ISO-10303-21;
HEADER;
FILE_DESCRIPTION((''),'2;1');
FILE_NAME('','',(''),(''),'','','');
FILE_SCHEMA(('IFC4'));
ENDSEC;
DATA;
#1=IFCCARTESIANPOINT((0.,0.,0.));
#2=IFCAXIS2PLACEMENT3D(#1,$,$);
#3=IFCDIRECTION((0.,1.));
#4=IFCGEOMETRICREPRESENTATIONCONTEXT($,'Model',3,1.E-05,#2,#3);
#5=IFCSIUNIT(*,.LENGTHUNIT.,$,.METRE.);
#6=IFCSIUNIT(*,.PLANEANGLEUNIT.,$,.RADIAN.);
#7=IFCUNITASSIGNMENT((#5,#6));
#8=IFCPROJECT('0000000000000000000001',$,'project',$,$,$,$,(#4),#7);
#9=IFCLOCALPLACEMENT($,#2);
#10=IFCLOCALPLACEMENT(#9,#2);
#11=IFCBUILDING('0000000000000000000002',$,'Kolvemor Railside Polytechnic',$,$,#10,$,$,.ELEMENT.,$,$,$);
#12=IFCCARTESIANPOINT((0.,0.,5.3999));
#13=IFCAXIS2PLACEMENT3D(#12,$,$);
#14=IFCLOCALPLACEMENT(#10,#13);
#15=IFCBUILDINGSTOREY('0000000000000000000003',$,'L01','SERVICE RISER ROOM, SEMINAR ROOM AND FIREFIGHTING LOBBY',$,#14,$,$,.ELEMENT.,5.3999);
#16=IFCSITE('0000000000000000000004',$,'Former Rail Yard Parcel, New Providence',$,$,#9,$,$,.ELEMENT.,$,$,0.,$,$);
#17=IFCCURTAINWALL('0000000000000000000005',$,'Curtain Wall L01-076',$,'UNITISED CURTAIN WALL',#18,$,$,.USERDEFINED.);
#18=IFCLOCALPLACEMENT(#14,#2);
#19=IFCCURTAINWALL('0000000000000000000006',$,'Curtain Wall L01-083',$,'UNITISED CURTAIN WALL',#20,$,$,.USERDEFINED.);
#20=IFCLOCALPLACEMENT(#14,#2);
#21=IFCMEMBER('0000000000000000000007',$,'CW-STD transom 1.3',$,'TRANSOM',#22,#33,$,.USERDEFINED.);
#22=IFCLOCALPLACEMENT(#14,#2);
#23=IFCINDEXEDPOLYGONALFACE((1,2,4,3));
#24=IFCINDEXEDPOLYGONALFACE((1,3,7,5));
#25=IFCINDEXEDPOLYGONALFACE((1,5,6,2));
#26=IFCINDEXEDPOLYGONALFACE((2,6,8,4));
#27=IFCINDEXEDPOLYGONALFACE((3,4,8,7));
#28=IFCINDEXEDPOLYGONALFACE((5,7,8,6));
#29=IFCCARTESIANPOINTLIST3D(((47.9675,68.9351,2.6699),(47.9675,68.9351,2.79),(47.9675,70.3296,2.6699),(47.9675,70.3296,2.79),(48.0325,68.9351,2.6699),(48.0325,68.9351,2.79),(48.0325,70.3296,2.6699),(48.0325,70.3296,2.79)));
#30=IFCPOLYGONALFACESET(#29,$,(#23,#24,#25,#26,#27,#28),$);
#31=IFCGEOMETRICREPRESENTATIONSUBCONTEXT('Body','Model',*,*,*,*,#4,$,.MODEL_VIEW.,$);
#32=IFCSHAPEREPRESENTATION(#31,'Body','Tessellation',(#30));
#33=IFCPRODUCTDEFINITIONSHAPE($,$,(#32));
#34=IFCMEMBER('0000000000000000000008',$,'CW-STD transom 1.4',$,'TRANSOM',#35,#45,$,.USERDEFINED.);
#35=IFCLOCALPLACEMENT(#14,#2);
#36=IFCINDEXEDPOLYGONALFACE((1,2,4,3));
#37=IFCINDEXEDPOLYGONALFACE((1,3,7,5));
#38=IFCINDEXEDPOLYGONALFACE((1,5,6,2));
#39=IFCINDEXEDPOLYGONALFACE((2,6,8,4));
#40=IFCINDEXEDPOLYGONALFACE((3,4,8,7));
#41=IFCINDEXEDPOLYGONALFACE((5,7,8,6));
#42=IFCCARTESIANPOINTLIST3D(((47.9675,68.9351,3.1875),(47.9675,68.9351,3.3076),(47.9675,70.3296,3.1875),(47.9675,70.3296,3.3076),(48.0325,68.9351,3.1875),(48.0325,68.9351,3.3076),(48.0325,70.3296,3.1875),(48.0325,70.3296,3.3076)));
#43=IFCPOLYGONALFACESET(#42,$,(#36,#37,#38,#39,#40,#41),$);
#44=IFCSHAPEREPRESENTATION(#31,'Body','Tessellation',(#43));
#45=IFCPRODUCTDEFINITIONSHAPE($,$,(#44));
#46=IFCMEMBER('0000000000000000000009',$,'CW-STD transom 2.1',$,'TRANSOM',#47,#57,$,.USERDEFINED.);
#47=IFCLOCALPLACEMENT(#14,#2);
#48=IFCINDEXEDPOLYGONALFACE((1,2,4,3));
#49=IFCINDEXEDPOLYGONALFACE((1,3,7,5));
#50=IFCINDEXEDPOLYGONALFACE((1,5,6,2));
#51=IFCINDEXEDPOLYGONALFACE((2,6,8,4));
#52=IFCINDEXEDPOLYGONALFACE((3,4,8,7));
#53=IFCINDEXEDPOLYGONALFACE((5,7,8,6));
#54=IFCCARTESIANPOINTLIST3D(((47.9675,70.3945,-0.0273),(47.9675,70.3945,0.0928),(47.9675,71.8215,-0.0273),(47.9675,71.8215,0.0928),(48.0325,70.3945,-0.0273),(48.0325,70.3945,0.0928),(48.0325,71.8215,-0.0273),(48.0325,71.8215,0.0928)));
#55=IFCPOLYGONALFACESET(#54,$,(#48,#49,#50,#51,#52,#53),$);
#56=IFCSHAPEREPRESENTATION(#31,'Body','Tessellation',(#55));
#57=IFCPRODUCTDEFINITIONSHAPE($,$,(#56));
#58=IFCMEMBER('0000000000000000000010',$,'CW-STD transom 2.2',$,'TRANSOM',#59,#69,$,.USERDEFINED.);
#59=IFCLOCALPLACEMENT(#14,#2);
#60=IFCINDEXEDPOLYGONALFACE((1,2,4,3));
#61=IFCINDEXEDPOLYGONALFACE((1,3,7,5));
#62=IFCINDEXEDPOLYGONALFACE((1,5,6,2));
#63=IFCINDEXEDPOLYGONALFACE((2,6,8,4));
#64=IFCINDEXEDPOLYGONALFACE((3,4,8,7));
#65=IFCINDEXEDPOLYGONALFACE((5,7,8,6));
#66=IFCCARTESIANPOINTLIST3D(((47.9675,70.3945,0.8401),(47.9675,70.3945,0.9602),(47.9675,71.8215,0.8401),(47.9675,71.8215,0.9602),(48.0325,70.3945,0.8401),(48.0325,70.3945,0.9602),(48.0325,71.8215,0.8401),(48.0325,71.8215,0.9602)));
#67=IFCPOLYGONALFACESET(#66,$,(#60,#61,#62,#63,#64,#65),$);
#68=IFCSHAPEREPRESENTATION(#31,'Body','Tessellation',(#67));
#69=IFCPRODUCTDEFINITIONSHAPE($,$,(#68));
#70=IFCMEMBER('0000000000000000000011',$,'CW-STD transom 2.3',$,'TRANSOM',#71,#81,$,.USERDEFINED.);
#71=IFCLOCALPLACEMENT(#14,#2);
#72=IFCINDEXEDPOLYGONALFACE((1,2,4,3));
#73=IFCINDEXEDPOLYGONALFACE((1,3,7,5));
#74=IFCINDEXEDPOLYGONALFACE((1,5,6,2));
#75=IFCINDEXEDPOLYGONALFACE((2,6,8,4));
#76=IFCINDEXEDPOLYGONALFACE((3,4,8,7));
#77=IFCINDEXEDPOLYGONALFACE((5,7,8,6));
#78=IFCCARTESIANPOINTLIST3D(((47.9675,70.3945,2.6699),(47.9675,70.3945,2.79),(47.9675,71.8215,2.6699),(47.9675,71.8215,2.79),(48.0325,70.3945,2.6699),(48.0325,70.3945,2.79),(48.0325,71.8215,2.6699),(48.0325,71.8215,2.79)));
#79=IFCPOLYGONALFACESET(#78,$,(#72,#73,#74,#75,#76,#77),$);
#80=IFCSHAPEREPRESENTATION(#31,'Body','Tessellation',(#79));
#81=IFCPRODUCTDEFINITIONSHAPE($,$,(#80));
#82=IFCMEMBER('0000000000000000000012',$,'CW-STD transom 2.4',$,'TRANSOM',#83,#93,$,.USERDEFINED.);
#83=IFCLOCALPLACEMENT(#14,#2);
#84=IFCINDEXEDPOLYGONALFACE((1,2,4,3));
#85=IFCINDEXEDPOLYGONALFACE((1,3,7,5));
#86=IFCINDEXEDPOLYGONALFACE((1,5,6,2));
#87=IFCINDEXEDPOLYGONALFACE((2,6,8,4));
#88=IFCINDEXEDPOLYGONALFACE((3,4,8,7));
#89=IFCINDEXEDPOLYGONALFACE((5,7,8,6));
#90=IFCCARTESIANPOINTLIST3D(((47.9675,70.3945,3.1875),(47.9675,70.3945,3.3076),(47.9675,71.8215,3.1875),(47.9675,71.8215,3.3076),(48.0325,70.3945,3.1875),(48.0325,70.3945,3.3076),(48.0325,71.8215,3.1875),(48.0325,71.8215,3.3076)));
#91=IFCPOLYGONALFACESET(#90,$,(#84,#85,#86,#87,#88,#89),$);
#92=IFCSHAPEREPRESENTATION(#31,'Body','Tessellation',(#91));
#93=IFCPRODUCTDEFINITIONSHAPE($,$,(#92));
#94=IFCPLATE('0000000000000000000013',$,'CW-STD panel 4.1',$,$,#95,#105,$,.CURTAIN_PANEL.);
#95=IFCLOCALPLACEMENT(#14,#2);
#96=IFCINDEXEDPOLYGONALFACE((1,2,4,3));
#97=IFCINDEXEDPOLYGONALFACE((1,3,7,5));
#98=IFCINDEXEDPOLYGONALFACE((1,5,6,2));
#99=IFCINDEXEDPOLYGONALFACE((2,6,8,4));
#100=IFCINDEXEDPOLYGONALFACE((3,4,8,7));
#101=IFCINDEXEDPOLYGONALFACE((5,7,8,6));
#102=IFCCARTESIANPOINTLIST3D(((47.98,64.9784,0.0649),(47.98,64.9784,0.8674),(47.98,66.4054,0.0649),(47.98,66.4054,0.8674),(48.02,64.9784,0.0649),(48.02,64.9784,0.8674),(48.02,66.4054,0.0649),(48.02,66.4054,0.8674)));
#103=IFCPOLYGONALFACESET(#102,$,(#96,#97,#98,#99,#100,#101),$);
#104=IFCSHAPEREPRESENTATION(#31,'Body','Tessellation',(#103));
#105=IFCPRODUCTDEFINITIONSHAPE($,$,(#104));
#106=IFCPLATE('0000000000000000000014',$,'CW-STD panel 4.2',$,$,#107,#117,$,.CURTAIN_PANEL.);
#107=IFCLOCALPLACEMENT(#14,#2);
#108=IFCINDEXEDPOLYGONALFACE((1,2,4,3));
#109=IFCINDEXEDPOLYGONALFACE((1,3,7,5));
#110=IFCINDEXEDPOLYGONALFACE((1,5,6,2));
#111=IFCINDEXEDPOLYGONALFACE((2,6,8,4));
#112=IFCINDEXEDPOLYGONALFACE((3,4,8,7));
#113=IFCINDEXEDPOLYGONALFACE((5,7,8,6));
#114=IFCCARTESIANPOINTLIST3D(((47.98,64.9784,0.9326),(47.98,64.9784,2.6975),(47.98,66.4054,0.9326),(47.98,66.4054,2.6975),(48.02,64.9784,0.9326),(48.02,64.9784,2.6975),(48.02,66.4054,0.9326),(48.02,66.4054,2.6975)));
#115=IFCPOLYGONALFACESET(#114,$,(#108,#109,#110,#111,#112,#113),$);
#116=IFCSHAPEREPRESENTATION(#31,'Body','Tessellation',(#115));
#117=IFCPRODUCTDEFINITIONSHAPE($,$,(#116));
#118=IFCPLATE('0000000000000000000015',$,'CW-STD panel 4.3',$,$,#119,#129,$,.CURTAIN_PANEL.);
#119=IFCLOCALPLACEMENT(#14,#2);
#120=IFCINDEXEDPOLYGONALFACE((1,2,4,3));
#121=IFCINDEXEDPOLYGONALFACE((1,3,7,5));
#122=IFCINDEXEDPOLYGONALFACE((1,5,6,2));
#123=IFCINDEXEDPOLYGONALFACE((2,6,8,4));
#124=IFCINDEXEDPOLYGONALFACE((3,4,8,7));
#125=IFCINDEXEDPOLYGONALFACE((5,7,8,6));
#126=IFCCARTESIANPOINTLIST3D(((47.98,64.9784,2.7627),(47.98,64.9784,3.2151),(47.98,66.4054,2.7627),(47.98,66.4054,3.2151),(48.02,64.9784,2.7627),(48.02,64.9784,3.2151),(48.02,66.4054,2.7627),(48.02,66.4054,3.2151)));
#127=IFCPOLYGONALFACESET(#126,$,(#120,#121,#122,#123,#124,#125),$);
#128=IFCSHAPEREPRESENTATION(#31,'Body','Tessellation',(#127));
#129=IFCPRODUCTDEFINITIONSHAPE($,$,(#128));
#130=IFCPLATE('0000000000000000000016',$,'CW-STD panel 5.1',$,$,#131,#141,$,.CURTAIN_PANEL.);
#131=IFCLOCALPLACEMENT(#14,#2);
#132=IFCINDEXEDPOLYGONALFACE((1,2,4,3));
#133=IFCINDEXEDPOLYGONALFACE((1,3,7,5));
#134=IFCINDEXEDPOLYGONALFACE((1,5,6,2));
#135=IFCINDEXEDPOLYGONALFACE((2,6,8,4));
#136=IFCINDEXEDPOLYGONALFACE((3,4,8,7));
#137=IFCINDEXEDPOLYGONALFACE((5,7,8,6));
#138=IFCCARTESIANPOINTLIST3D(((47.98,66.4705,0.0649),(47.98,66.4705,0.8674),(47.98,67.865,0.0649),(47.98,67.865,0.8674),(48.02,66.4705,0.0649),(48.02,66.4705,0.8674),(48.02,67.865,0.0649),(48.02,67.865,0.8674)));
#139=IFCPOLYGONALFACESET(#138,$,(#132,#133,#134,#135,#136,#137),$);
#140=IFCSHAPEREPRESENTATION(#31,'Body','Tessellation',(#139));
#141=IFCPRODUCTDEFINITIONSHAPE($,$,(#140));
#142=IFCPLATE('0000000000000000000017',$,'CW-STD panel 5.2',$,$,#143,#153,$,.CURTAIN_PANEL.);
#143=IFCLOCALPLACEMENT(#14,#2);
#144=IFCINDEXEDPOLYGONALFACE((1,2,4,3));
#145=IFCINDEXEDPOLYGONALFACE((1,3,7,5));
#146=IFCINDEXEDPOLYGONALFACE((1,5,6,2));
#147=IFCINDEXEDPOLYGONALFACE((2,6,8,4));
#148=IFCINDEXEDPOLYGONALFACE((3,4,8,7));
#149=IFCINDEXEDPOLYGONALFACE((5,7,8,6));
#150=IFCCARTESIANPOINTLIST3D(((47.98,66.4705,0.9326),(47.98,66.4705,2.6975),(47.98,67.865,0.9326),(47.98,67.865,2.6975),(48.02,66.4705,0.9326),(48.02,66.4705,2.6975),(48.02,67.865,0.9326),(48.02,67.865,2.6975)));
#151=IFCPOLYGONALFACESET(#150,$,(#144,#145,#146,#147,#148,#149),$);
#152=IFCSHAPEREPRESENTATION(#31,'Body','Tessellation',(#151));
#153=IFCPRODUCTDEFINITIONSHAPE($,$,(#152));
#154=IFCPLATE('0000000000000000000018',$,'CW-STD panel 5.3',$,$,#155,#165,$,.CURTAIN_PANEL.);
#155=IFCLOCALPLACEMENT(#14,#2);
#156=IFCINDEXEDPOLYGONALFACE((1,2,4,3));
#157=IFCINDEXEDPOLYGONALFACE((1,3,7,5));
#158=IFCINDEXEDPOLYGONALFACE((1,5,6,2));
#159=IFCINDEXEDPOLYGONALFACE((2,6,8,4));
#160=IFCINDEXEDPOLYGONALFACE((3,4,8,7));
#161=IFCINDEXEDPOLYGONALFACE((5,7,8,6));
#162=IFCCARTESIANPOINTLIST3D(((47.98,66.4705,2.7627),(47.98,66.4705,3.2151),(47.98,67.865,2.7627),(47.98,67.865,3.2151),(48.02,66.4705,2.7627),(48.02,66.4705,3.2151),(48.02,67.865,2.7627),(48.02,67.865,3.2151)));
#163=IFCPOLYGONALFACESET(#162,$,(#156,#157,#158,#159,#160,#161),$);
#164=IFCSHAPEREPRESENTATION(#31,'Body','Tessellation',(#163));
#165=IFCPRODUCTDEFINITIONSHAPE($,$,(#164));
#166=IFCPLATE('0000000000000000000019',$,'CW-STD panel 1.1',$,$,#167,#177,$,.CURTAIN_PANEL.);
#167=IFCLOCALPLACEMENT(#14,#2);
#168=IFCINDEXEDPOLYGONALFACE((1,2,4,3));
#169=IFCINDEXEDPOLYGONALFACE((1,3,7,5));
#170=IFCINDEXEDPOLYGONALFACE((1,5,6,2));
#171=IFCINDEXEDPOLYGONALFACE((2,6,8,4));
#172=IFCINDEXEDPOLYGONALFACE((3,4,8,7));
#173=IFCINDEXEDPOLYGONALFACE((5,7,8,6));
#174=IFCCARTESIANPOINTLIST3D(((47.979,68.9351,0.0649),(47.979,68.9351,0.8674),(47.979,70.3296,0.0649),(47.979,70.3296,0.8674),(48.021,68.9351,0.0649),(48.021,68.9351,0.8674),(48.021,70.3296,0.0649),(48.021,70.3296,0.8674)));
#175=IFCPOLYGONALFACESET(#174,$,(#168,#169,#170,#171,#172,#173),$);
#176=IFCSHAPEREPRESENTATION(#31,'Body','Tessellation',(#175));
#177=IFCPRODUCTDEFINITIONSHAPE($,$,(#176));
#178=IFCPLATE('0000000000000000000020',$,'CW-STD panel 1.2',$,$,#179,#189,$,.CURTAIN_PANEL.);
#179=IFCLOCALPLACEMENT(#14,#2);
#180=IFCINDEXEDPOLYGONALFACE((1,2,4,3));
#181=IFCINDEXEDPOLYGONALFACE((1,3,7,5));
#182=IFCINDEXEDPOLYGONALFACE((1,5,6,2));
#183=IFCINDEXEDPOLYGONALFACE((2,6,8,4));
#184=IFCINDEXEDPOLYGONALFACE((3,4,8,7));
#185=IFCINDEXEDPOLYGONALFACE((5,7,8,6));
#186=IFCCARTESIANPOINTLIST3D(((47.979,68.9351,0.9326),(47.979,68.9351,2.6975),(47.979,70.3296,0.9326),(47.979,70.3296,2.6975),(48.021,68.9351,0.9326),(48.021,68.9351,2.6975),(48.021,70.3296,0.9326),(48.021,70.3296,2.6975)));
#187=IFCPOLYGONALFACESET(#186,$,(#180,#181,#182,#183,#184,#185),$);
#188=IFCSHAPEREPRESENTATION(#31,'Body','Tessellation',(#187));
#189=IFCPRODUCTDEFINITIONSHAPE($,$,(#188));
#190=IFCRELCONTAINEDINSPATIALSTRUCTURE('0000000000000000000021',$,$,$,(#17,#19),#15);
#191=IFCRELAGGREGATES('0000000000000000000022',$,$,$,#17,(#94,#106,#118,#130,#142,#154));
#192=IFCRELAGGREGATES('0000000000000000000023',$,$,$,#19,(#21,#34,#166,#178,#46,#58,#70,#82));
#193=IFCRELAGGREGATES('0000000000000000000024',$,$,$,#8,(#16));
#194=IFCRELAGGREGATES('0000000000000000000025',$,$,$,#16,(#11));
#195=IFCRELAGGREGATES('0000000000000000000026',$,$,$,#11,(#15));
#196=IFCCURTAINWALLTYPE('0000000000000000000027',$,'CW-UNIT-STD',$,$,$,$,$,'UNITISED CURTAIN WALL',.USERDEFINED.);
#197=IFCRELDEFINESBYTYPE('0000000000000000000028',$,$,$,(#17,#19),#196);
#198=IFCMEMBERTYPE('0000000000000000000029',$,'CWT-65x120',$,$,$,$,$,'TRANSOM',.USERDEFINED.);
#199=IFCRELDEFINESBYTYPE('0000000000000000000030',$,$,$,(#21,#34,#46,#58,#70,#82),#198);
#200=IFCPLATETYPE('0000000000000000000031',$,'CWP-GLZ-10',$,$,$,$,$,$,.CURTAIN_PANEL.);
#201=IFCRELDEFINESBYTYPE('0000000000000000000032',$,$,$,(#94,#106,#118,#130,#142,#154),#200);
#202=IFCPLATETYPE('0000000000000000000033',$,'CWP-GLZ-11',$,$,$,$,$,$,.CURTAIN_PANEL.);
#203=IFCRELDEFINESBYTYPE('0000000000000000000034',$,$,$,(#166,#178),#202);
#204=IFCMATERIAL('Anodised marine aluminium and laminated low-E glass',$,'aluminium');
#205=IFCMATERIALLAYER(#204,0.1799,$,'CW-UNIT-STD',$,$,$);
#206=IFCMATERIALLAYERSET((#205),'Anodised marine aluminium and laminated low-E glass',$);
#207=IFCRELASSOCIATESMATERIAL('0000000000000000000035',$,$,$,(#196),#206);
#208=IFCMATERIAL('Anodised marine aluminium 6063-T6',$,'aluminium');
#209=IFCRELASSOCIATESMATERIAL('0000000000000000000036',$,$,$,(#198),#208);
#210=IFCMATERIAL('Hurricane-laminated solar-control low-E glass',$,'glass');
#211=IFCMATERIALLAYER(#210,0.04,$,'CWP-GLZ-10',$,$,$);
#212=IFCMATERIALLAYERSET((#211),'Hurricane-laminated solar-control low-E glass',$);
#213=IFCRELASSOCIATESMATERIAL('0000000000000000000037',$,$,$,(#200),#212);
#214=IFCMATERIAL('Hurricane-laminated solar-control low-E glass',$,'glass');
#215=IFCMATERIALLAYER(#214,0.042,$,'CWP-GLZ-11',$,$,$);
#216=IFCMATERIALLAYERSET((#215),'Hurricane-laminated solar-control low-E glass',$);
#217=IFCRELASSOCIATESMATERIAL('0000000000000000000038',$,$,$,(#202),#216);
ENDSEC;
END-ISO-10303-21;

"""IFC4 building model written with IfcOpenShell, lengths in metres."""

from ifc_helpers import new_model, si_unit, direction, frame, origin, origin_2d, place, context, subcontext, project, spatial, rectangle, extrude, material, layer, layer_set, material_profile, profile_set, type_object, element, aggregate, save


model = new_model("IFC4")

# Units and contexts
model_context = context("Model", 3, precision=1e-05, world=origin(), true_north=direction((0.0, 1.0)))
body_context = subcontext(model_context, "Body", "Model", "MODEL_VIEW")
ifc_project = project(units=[si_unit("LENGTHUNIT", "METRE"), si_unit("PLANEANGLEUNIT", "RADIAN")], contexts=[model_context])

# Site, building, storey
site_placement = place(None, origin())
site = spatial("IfcSite", under=ifc_project, at=site_placement, Name="Former Rail Yard Parcel, New Providence", CompositionType="ELEMENT", RefElevation=0.0)
building_placement = place(site_placement, origin())
building = spatial("IfcBuilding", under=site, at=building_placement, Name="Kolvemor Railside Polytechnic", CompositionType="ELEMENT")
storey_placement = place(building_placement, frame((0.0, 0.0, 5.3999)))
storey = spatial("IfcBuildingStorey", under=building, at=storey_placement, Name="L01", Description="SERVICE RISER ROOM, SEMINAR ROOM AND FIREFIGHTING LOBBY", CompositionType="ELEMENT", Elevation=5.3999)

# Curtain walls
ifc_material_1 = material(Name="Anodised marine aluminium and laminated low-E glass", Category="aluminium")
ifc_layer_1 = layer(ifc_material_1, 0.1799, Name="CW-UNIT-STD")
ifc_layer_set_1 = layer_set([ifc_layer_1], Name="Anodised marine aluminium and laminated low-E glass")
curtain_wall_type = type_object("IfcCurtainWallType", Name="CW-UNIT-STD", ElementType="UNITISED CURTAIN WALL", PredefinedType="USERDEFINED", material=ifc_layer_set_1)
curtain_wall_1_placement = place(storey_placement, origin())
curtain_wall_1 = element("IfcCurtainWall", 1, at=curtain_wall_1_placement, inside=storey, type_object=curtain_wall_type, Name="Curtain Wall L01-076", ObjectType="UNITISED CURTAIN WALL", PredefinedType="USERDEFINED")
curtain_wall_2_placement = place(storey_placement, origin())
curtain_wall_2 = element("IfcCurtainWall", 2, at=curtain_wall_2_placement, inside=storey, type_object=curtain_wall_type, Name="Curtain Wall L01-083", ObjectType="UNITISED CURTAIN WALL", PredefinedType="USERDEFINED")

# Members
ifc_material_2 = material(Name="Anodised marine aluminium 6063-T6", Category="aluminium")
ifc_material_profile_1 = material_profile(ifc_material_2, rectangle(XDim=0.0649, YDim=0.1201, at=origin_2d()), Name="CW-TRN-65x120")
ifc_profile_set_1 = profile_set([ifc_material_profile_1], Name="Anodised marine aluminium 6063-T6")
member_type_1 = type_object("IfcMemberType", Name="CWT-65x120", ElementType="TRANSOM", PredefinedType="USERDEFINED", material=ifc_profile_set_1)
member_1_placement = place(storey_placement, frame((48.0, 68.9351, 2.73), z_axis=(0.0, 1.0, 0.0), x_axis=(-1.0, 0.0, 0.0)))
member_1 = element("IfcMember", 3, at=member_1_placement, type_object=member_type_1, Name="CW-STD transom 1.3", ObjectType="TRANSOM", PredefinedType="USERDEFINED", context=body_context, shape_type="SweptSolid", body=[
    extrude(rectangle(XDim=0.0649, YDim=0.1201, at=origin_2d()), origin(), (0.0, 0.0, 1.0), 1.3945),
])
member_2_placement = place(storey_placement, frame((48.0, 68.9351, 3.2476), z_axis=(0.0, 1.0, 0.0), x_axis=(-1.0, 0.0, 0.0)))
member_2 = element("IfcMember", 4, at=member_2_placement, type_object=member_type_1, Name="CW-STD transom 1.4", ObjectType="TRANSOM", PredefinedType="USERDEFINED", context=body_context, shape_type="SweptSolid", body=[
    extrude(rectangle(XDim=0.0649, YDim=0.1201, at=origin_2d()), origin(), (0.0, 0.0, 1.0), 1.3945),
])
member_3_placement = place(storey_placement, frame((48.0, 70.3945, 0.0327), z_axis=(0.0, 1.0, 0.0), x_axis=(-1.0, 0.0, 0.0)))
member_3 = element("IfcMember", 5, at=member_3_placement, type_object=member_type_1, Name="CW-STD transom 2.1", ObjectType="TRANSOM", PredefinedType="USERDEFINED", context=body_context, shape_type="SweptSolid", body=[
    extrude(rectangle(XDim=0.0649, YDim=0.1201, at=origin_2d()), origin(), (0.0, 0.0, 1.0), 1.427),
])
member_4_placement = place(storey_placement, frame((48.0, 70.3945, 0.9001), z_axis=(0.0, 1.0, 0.0), x_axis=(-1.0, 0.0, 0.0)))
member_4 = element("IfcMember", 6, at=member_4_placement, type_object=member_type_1, Name="CW-STD transom 2.2", ObjectType="TRANSOM", PredefinedType="USERDEFINED", context=body_context, shape_type="SweptSolid", body=[
    extrude(rectangle(XDim=0.0649, YDim=0.1201, at=origin_2d()), origin(), (0.0, 0.0, 1.0), 1.427),
])
member_5_placement = place(storey_placement, frame((48.0, 70.3945, 2.73), z_axis=(0.0, 1.0, 0.0), x_axis=(-1.0, 0.0, 0.0)))
member_5 = element("IfcMember", 7, at=member_5_placement, type_object=member_type_1, Name="CW-STD transom 2.3", ObjectType="TRANSOM", PredefinedType="USERDEFINED", context=body_context, shape_type="SweptSolid", body=[
    extrude(rectangle(XDim=0.0649, YDim=0.1201, at=origin_2d()), origin(), (0.0, 0.0, 1.0), 1.427),
])
member_6_placement = place(storey_placement, frame((48.0, 70.3945, 3.2476), z_axis=(0.0, 1.0, 0.0), x_axis=(-1.0, 0.0, 0.0)))
member_6 = element("IfcMember", 8, at=member_6_placement, type_object=member_type_1, Name="CW-STD transom 2.4", ObjectType="TRANSOM", PredefinedType="USERDEFINED", context=body_context, shape_type="SweptSolid", body=[
    extrude(rectangle(XDim=0.0649, YDim=0.1201, at=origin_2d()), origin(), (0.0, 0.0, 1.0), 1.427),
])

# Plates
ifc_material_3 = material(Name="Hurricane-laminated solar-control low-E glass", Category="glass")
ifc_layer_2 = layer(ifc_material_3, 0.04, Name="CWP-GLZ-10")
ifc_layer_set_2 = layer_set([ifc_layer_2], Name="Hurricane-laminated solar-control low-E glass")
plate_type_1 = type_object("IfcPlateType", Name="CWP-GLZ-10", PredefinedType="CURTAIN_PANEL", material=ifc_layer_set_2)
plate_1_placement = place(storey_placement, frame((48.0, 65.6919, 0.0649), z_axis=(0.0, 0.0, 1.0), x_axis=(0.0, 1.0, 0.0)))
plate_1 = element("IfcPlate", 9, at=plate_1_placement, type_object=plate_type_1, Name="CW-STD panel 4.1", PredefinedType="CURTAIN_PANEL", context=body_context, shape_type="SweptSolid", body=[
    extrude(rectangle(XDim=1.427, YDim=0.04, at=origin_2d()), origin(), (0.0, 0.0, 1.0), 0.8025),
])
plate_2_placement = place(storey_placement, frame((48.0, 65.6919, 0.9326), z_axis=(0.0, 0.0, 1.0), x_axis=(0.0, 1.0, 0.0)))
plate_2 = element("IfcPlate", 10, at=plate_2_placement, type_object=plate_type_1, Name="CW-STD panel 4.2", PredefinedType="CURTAIN_PANEL", context=body_context, shape_type="SweptSolid", body=[
    extrude(rectangle(XDim=1.427, YDim=0.04, at=origin_2d()), origin(), (0.0, 0.0, 1.0), 1.7649),
])
plate_3_placement = place(storey_placement, frame((48.0, 65.6919, 2.7627), z_axis=(0.0, 0.0, 1.0), x_axis=(0.0, 1.0, 0.0)))
plate_3 = element("IfcPlate", 11, at=plate_3_placement, type_object=plate_type_1, Name="CW-STD panel 4.3", PredefinedType="CURTAIN_PANEL", context=body_context, shape_type="SweptSolid", body=[
    extrude(rectangle(XDim=1.427, YDim=0.04, at=origin_2d()), origin(), (0.0, 0.0, 1.0), 0.4524),
])
plate_4_placement = place(storey_placement, frame((48.0, 67.1677, 0.0649), z_axis=(0.0, 0.0, 1.0), x_axis=(0.0, 1.0, 0.0)))
plate_4 = element("IfcPlate", 12, at=plate_4_placement, type_object=plate_type_1, Name="CW-STD panel 5.1", PredefinedType="CURTAIN_PANEL", context=body_context, shape_type="SweptSolid", body=[
    extrude(rectangle(XDim=1.3945, YDim=0.04, at=origin_2d()), origin(), (0.0, 0.0, 1.0), 0.8025),
])
plate_5_placement = place(storey_placement, frame((48.0, 67.1677, 0.9326), z_axis=(0.0, 0.0, 1.0), x_axis=(0.0, 1.0, 0.0)))
plate_5 = element("IfcPlate", 13, at=plate_5_placement, type_object=plate_type_1, Name="CW-STD panel 5.2", PredefinedType="CURTAIN_PANEL", context=body_context, shape_type="SweptSolid", body=[
    extrude(rectangle(XDim=1.3945, YDim=0.04, at=origin_2d()), origin(), (0.0, 0.0, 1.0), 1.7649),
])
plate_6_placement = place(storey_placement, frame((48.0, 67.1677, 2.7627), z_axis=(0.0, 0.0, 1.0), x_axis=(0.0, 1.0, 0.0)))
plate_6 = element("IfcPlate", 14, at=plate_6_placement, type_object=plate_type_1, Name="CW-STD panel 5.3", PredefinedType="CURTAIN_PANEL", context=body_context, shape_type="SweptSolid", body=[
    extrude(rectangle(XDim=1.3945, YDim=0.04, at=origin_2d()), origin(), (0.0, 0.0, 1.0), 0.4524),
])
aggregate(curtain_wall_1, [plate_1, plate_2, plate_3, plate_4, plate_5, plate_6])
ifc_material_4 = material(Name="Hurricane-laminated solar-control low-E glass", Category="glass")
ifc_layer_3 = layer(ifc_material_4, 0.042, Name="CWP-GLZ-11")
ifc_layer_set_3 = layer_set([ifc_layer_3], Name="Hurricane-laminated solar-control low-E glass")
plate_type_2 = type_object("IfcPlateType", Name="CWP-GLZ-11", PredefinedType="CURTAIN_PANEL", material=ifc_layer_set_3)
plate_7_placement = place(storey_placement, frame((48.0, 69.6323, 0.0649), z_axis=(0.0, 0.0, 1.0), x_axis=(0.0, 1.0, 0.0)))
plate_7 = element("IfcPlate", 15, at=plate_7_placement, type_object=plate_type_2, Name="CW-STD panel 1.1", PredefinedType="CURTAIN_PANEL", context=body_context, shape_type="SweptSolid", body=[
    extrude(rectangle(XDim=1.3945, YDim=0.042, at=origin_2d()), origin(), (0.0, 0.0, 1.0), 0.8025),
])
plate_8_placement = place(storey_placement, frame((48.0, 69.6323, 0.9326), z_axis=(0.0, 0.0, 1.0), x_axis=(0.0, 1.0, 0.0)))
plate_8 = element("IfcPlate", 16, at=plate_8_placement, type_object=plate_type_2, Name="CW-STD panel 1.2", PredefinedType="CURTAIN_PANEL", context=body_context, shape_type="SweptSolid", body=[
    extrude(rectangle(XDim=1.3945, YDim=0.042, at=origin_2d()), origin(), (0.0, 0.0, 1.0), 1.7649),
])
aggregate(curtain_wall_2, [member_1, member_2, plate_7, plate_8, member_3, member_4, member_5, member_6])

save(model, "model.ifc")
